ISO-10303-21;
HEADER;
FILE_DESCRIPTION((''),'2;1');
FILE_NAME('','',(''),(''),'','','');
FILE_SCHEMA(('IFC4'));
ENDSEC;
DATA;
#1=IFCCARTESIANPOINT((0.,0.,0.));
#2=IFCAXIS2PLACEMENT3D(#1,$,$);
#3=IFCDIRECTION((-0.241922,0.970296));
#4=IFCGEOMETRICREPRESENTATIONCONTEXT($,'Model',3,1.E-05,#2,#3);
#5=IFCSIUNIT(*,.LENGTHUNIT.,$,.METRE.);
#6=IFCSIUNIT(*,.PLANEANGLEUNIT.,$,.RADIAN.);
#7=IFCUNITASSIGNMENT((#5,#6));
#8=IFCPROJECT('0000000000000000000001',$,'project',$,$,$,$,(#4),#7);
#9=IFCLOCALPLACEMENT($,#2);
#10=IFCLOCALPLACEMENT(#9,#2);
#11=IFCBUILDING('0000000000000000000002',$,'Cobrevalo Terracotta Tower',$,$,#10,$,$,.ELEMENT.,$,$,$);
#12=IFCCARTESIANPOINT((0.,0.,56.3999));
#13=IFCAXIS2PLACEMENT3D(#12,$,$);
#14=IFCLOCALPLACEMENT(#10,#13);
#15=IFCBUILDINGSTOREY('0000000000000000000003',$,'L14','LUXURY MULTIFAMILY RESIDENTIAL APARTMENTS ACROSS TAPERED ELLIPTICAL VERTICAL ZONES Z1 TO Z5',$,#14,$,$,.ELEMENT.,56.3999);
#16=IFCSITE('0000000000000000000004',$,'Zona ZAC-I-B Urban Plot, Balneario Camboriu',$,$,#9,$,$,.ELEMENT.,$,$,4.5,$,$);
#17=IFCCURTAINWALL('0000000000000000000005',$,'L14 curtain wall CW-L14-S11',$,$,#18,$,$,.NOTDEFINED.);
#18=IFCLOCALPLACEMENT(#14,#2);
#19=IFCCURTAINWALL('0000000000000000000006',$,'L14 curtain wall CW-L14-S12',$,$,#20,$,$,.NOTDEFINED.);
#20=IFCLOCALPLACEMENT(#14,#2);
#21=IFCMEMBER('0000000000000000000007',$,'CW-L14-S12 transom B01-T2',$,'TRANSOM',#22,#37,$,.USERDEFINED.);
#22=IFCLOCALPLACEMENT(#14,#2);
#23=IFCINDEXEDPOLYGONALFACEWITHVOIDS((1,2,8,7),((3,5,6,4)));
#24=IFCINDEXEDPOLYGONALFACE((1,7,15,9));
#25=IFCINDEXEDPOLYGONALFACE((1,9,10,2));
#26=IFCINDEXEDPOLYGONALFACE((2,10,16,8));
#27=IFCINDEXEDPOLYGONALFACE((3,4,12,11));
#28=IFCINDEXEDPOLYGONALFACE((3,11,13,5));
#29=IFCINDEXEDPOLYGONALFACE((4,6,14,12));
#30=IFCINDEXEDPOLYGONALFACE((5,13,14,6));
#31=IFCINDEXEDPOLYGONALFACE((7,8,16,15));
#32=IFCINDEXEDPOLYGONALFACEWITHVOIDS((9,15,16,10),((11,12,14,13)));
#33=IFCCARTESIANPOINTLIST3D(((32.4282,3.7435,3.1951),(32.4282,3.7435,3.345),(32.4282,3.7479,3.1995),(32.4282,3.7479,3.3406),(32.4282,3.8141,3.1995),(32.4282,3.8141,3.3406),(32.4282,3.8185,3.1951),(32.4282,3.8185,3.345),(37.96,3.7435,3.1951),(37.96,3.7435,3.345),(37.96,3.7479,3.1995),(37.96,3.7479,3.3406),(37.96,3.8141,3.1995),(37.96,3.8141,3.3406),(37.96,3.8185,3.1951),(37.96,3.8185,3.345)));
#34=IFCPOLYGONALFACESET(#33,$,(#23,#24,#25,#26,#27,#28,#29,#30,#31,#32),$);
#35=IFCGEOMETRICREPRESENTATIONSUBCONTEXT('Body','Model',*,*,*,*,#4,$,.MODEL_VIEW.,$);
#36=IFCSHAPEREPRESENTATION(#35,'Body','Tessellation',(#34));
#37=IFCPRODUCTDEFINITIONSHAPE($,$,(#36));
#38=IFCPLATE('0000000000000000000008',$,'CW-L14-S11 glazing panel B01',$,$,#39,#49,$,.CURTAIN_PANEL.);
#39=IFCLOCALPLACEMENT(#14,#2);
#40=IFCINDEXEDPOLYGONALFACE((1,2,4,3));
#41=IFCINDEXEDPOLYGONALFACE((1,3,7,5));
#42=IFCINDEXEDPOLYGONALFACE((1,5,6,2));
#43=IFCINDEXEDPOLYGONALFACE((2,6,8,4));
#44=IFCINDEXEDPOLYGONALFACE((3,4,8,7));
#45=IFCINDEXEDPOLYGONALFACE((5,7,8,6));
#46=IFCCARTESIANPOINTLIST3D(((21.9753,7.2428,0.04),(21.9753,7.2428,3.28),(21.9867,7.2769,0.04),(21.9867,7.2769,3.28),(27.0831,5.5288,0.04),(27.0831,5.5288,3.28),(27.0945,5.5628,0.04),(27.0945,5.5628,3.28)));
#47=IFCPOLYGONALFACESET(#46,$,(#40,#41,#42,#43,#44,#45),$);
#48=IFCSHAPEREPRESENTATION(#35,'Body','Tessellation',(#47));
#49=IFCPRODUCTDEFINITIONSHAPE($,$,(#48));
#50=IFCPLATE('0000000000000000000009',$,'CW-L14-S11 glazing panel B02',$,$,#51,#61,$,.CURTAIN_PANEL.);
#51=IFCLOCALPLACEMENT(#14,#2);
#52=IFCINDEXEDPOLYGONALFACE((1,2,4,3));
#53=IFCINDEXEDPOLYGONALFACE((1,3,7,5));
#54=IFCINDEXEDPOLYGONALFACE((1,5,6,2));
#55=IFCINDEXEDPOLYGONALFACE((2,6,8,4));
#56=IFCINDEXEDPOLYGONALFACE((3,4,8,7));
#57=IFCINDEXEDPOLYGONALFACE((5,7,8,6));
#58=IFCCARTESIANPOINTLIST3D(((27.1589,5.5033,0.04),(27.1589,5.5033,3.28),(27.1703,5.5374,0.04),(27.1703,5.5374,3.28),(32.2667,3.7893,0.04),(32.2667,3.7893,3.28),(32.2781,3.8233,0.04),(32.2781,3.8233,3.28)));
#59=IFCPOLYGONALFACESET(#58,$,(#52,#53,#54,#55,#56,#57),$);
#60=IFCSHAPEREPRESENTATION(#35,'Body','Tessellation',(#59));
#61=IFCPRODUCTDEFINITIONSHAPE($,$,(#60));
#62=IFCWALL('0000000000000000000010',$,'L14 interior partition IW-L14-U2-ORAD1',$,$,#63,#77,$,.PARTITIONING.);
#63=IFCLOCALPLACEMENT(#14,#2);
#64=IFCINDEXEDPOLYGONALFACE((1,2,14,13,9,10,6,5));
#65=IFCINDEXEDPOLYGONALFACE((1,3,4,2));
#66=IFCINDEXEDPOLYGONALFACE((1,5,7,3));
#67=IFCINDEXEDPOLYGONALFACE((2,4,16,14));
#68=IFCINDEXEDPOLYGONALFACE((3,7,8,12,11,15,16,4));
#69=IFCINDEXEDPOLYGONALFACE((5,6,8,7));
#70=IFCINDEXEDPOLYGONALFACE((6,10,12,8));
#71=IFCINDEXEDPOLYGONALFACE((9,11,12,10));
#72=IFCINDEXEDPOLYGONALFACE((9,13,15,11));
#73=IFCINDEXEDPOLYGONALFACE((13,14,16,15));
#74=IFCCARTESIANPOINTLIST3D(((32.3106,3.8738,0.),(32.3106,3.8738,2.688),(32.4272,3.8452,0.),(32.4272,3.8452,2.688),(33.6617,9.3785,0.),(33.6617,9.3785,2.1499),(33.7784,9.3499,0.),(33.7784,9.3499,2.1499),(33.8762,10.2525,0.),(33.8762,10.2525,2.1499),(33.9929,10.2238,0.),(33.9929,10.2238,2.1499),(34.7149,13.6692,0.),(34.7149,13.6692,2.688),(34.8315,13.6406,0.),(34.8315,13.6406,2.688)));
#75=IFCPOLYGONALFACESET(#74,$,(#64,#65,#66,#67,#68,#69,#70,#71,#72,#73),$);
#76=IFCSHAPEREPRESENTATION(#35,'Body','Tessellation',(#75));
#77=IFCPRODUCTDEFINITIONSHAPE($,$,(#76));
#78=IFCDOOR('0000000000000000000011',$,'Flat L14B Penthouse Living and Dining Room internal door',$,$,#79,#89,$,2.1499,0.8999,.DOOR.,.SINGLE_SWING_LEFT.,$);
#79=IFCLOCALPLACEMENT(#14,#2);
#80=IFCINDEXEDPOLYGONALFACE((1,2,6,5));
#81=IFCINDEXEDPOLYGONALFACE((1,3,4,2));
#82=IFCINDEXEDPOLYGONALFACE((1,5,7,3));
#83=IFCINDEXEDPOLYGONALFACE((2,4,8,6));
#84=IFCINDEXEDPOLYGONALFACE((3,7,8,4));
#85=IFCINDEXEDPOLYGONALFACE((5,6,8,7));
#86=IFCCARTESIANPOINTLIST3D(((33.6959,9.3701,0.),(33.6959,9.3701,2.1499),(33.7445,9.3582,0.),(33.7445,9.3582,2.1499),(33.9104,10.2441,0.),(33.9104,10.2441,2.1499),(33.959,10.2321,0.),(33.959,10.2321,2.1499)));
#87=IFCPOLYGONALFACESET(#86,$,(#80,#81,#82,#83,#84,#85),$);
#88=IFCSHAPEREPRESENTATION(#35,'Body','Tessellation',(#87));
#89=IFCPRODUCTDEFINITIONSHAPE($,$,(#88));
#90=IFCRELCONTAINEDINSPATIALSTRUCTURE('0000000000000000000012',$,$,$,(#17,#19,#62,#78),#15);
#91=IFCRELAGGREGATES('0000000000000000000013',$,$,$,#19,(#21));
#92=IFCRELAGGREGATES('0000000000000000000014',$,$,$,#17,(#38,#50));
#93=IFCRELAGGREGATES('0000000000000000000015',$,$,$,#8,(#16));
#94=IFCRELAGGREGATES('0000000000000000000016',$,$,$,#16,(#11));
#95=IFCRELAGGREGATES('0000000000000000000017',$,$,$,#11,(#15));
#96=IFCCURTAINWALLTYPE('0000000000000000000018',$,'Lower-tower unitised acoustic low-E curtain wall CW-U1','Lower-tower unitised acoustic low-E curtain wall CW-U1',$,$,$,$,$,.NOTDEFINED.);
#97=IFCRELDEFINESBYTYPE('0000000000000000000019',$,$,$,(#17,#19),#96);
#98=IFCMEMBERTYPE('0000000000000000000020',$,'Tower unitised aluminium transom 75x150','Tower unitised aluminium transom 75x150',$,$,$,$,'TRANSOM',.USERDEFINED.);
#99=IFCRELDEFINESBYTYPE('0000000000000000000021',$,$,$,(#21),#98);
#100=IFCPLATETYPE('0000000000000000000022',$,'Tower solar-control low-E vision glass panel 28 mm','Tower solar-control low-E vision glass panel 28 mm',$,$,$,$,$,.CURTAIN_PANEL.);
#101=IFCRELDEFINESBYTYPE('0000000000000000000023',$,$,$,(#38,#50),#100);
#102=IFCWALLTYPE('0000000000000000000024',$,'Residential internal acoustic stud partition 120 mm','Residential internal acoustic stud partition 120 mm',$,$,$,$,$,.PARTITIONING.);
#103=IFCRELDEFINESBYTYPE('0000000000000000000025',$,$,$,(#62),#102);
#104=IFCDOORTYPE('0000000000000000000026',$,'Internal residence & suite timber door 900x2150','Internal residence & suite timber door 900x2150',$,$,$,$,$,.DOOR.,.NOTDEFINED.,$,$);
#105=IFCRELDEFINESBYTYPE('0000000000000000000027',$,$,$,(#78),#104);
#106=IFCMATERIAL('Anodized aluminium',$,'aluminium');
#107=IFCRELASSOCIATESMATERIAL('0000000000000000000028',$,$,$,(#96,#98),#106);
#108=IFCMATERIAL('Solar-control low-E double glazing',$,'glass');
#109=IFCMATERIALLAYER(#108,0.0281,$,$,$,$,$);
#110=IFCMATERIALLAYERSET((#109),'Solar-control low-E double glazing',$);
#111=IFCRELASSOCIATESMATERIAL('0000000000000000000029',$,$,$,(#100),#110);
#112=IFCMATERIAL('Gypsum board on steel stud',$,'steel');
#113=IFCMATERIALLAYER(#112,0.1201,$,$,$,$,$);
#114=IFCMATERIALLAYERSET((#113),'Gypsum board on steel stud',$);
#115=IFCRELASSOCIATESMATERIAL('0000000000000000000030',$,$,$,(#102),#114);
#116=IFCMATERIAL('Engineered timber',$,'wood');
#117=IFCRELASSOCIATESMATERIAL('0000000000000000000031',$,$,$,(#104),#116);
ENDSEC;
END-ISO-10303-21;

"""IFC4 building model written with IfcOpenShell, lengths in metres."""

from ifc_helpers import new_model, si_unit, direction, frame, frame_2d, origin, origin_2d, place, context, subcontext, project, spatial, rectangle, hollow_rectangle, extrude, source, transform, mapped, material, layer, layer_set, material_profile, profile_set, type_object, element, fill, aggregate, save


model = new_model("IFC4")

# Units and contexts
model_context = context("Model", 3, precision=1e-05, world=origin(), true_north=direction((-0.241922, 0.970296)))
body_context = subcontext(model_context, "Body", "Model", "MODEL_VIEW")
ifc_project = project(units=[si_unit("LENGTHUNIT", "METRE"), si_unit("PLANEANGLEUNIT", "RADIAN")], contexts=[model_context])

# Site, building, storey
site_placement = place(None, origin())
site = spatial("IfcSite", under=ifc_project, at=site_placement, Name="Zona ZAC-I-B Urban Plot, Balneario Camboriu", CompositionType="ELEMENT", RefElevation=4.5)
building_placement = place(site_placement, origin())
building = spatial("IfcBuilding", under=site, at=building_placement, Name="Cobrevalo Terracotta Tower", CompositionType="ELEMENT")
storey_placement = place(building_placement, frame((0.0, 0.0, 56.3999)))
storey = spatial("IfcBuildingStorey", under=building, at=storey_placement, Name="L14", Description="LUXURY MULTIFAMILY RESIDENTIAL APARTMENTS ACROSS TAPERED ELLIPTICAL VERTICAL ZONES Z1 TO Z5", CompositionType="ELEMENT", Elevation=56.3999)

# Curtain wall
ifc_material_1 = material(Name="Anodized aluminium", Category="aluminium")
curtain_wall_type = type_object("IfcCurtainWallType", Name="Lower-tower unitised acoustic low-E curtain wall CW-U1", Description="Lower-tower unitised acoustic low-E curtain wall CW-U1", PredefinedType="NOTDEFINED", material=ifc_material_1)
curtain_wall_1_placement = place(storey_placement, origin())
curtain_wall_1 = element("IfcCurtainWall", 1, at=curtain_wall_1_placement, inside=storey, type_object=curtain_wall_type, Name="L14 curtain wall CW-L14-S11", PredefinedType="NOTDEFINED")

# Curtain wall
curtain_wall_2_placement = place(storey_placement, origin())
curtain_wall_2 = element("IfcCurtainWall", 2, at=curtain_wall_2_placement, inside=storey, type_object=curtain_wall_type, Name="L14 curtain wall CW-L14-S12", PredefinedType="NOTDEFINED")

# Member
ifc_material_profile_1 = material_profile(ifc_material_1, hollow_rectangle(XDim=0.075, YDim=0.1499, WallThickness=0.0044, at=origin_2d()), Name="CWT 75x150")
ifc_profile_set_1 = profile_set([ifc_material_profile_1], Name="Anodized aluminium")
member_type_1 = type_object("IfcMemberType", Name="Tower unitised aluminium transom 75x150", Description="Tower unitised aluminium transom 75x150", ElementType="TRANSOM", PredefinedType="USERDEFINED", material=ifc_profile_set_1)
shared_shape_1 = source(origin(), body_context, "Body", "SweptSolid", [
    extrude(hollow_rectangle(XDim=0.075, YDim=0.1499, WallThickness=0.0044, at=origin_2d()), origin(), (0.0, 0.0, 1.0), 5.5317),
])
member_1_placement = place(storey_placement, frame((32.4282, 3.781, 3.27), z_axis=(1.0, 0.0, 0.0), x_axis=(0.0, 1.0, 0.0)))
member_1 = element("IfcMember", 3, at=member_1_placement, type_object=member_type_1, Name="CW-L14-S12 transom B01-T2", ObjectType="TRANSOM", PredefinedType="USERDEFINED", context=body_context, shape_type="MappedRepresentation", body=[
    mapped(shared_shape_1, transform((0.0, 0.0, 0.0), scale=1.0)),
])
aggregate(curtain_wall_2, [member_1])

# Plates
ifc_material_2 = material(Name="Solar-control low-E double glazing", Category="glass")
ifc_layer_1 = layer(ifc_material_2, 0.0281)
ifc_layer_set_1 = layer_set([ifc_layer_1], Name="Solar-control low-E double glazing")
plate_type = type_object("IfcPlateType", Name="Tower solar-control low-E vision glass panel 28 mm", Description="Tower solar-control low-E vision glass panel 28 mm", PredefinedType="CURTAIN_PANEL", material=ifc_layer_set_1)
shared_shape_2 = source(origin(), body_context, "Body", "SweptSolid", [
    extrude(rectangle(XDim=5.3877, YDim=0.0359, at=origin_2d()), origin(), (0.0, 0.0, 1.0), 3.24),
])
plate_1_placement = place(storey_placement, frame((24.5349, 6.4028, 0.04), z_axis=(0.0, 0.0, 1.0), x_axis=(0.948044, -0.318139, 0.0)))
plate_1 = element("IfcPlate", 4, at=plate_1_placement, type_object=plate_type, Name="CW-L14-S11 glazing panel B01", PredefinedType="CURTAIN_PANEL", context=body_context, shape_type="MappedRepresentation", body=[
    mapped(shared_shape_2, transform((0.0, 0.0, 0.0), scale=1.0)),
])
plate_2_placement = place(storey_placement, frame((29.7185, 4.6633, 0.04), z_axis=(0.0, 0.0, 1.0), x_axis=(0.948044, -0.318139, 0.0)))
plate_2 = element("IfcPlate", 5, at=plate_2_placement, type_object=plate_type, Name="CW-L14-S11 glazing panel B02", PredefinedType="CURTAIN_PANEL", context=body_context, shape_type="MappedRepresentation", body=[
    mapped(shared_shape_2, transform((0.0, 0.0, 0.0), scale=1.0)),
])
aggregate(curtain_wall_1, [plate_1, plate_2])

# Wall, opening, door
ifc_material_3 = material(Name="Gypsum board on steel stud", Category="steel")
ifc_layer_2 = layer(ifc_material_3, 0.1201)
ifc_layer_set_2 = layer_set([ifc_layer_2], Name="Gypsum board on steel stud")
wall_type = type_object("IfcWallType", Name="Residential internal acoustic stud partition 120 mm", Description="Residential internal acoustic stud partition 120 mm", PredefinedType="PARTITIONING", material=ifc_layer_set_2)
wall_placement = place(storey_placement, frame((34.7732, 13.6548, 0.0), z_axis=(0.0, 0.0, 1.0), x_axis=(-0.238376, -0.971173, 0.0)))
wall = element("IfcWall", 6, at=wall_placement, inside=storey, type_object=wall_type, Name="L14 interior partition IW-L14-U2-ORAD1", PredefinedType="PARTITIONING", context=body_context, shape_type="SweptSolid", body=[
    extrude(rectangle(XDim=10.0862, YDim=0.1201, at=frame_2d((5.043, 0.0))), origin(), (0.0, 0.0, 1.0), 2.688),
])
opening_placement = place(wall_placement, frame((3.5181, 0.0, 0.0)))
opening = element("IfcOpeningElement", 7, at=opening_placement, cuts=wall, PredefinedType="OPENING", context=body_context, shape_type="SweptSolid", body=[
    extrude(rectangle(XDim=0.8999, YDim=2.1499, at=frame_2d((0.45, 1.075))), frame((0.0, 0.0701, 0.0), z_axis=(0.0, -1.0, 0.0), x_axis=(1.0, 0.0, 0.0)), (0.0, 0.0, 1.0), 0.1401),
])
ifc_material_4 = material(Name="Engineered timber", Category="wood")
door_type = type_object("IfcDoorType", Name="Internal residence & suite timber door 900x2150", Description="Internal residence & suite timber door 900x2150", OperationType="NOTDEFINED", PredefinedType="DOOR", material=ifc_material_4)
shared_shape_3 = source(origin(), body_context, "Body", "SweptSolid", [
    extrude(rectangle(XDim=0.8999, YDim=2.1499, at=frame_2d((0.45, 1.075))), frame((0.0, 0.0249, 0.0), z_axis=(0.0, -1.0, 0.0), x_axis=(1.0, 0.0, 0.0)), (0.0, 0.0, 1.0), 0.05),
])
door_placement = place(opening_placement, frame((0.8999, 0.0, 0.0), z_axis=(0.0, 0.0, 1.0), x_axis=(-1.0, 0.0, 0.0)))
door = element("IfcDoor", 8, at=door_placement, inside=storey, type_object=door_type, Name="Flat L14B Penthouse Living and Dining Room internal door", OperationType="SINGLE_SWING_LEFT", OverallHeight=2.1499, OverallWidth=0.8999, PredefinedType="DOOR", context=body_context, shape_type="MappedRepresentation", body=[
    mapped(shared_shape_3, transform((0.0, 0.0, 0.0), scale=1.0)),
])
fill(opening, door)

save(model, "model.ifc")
